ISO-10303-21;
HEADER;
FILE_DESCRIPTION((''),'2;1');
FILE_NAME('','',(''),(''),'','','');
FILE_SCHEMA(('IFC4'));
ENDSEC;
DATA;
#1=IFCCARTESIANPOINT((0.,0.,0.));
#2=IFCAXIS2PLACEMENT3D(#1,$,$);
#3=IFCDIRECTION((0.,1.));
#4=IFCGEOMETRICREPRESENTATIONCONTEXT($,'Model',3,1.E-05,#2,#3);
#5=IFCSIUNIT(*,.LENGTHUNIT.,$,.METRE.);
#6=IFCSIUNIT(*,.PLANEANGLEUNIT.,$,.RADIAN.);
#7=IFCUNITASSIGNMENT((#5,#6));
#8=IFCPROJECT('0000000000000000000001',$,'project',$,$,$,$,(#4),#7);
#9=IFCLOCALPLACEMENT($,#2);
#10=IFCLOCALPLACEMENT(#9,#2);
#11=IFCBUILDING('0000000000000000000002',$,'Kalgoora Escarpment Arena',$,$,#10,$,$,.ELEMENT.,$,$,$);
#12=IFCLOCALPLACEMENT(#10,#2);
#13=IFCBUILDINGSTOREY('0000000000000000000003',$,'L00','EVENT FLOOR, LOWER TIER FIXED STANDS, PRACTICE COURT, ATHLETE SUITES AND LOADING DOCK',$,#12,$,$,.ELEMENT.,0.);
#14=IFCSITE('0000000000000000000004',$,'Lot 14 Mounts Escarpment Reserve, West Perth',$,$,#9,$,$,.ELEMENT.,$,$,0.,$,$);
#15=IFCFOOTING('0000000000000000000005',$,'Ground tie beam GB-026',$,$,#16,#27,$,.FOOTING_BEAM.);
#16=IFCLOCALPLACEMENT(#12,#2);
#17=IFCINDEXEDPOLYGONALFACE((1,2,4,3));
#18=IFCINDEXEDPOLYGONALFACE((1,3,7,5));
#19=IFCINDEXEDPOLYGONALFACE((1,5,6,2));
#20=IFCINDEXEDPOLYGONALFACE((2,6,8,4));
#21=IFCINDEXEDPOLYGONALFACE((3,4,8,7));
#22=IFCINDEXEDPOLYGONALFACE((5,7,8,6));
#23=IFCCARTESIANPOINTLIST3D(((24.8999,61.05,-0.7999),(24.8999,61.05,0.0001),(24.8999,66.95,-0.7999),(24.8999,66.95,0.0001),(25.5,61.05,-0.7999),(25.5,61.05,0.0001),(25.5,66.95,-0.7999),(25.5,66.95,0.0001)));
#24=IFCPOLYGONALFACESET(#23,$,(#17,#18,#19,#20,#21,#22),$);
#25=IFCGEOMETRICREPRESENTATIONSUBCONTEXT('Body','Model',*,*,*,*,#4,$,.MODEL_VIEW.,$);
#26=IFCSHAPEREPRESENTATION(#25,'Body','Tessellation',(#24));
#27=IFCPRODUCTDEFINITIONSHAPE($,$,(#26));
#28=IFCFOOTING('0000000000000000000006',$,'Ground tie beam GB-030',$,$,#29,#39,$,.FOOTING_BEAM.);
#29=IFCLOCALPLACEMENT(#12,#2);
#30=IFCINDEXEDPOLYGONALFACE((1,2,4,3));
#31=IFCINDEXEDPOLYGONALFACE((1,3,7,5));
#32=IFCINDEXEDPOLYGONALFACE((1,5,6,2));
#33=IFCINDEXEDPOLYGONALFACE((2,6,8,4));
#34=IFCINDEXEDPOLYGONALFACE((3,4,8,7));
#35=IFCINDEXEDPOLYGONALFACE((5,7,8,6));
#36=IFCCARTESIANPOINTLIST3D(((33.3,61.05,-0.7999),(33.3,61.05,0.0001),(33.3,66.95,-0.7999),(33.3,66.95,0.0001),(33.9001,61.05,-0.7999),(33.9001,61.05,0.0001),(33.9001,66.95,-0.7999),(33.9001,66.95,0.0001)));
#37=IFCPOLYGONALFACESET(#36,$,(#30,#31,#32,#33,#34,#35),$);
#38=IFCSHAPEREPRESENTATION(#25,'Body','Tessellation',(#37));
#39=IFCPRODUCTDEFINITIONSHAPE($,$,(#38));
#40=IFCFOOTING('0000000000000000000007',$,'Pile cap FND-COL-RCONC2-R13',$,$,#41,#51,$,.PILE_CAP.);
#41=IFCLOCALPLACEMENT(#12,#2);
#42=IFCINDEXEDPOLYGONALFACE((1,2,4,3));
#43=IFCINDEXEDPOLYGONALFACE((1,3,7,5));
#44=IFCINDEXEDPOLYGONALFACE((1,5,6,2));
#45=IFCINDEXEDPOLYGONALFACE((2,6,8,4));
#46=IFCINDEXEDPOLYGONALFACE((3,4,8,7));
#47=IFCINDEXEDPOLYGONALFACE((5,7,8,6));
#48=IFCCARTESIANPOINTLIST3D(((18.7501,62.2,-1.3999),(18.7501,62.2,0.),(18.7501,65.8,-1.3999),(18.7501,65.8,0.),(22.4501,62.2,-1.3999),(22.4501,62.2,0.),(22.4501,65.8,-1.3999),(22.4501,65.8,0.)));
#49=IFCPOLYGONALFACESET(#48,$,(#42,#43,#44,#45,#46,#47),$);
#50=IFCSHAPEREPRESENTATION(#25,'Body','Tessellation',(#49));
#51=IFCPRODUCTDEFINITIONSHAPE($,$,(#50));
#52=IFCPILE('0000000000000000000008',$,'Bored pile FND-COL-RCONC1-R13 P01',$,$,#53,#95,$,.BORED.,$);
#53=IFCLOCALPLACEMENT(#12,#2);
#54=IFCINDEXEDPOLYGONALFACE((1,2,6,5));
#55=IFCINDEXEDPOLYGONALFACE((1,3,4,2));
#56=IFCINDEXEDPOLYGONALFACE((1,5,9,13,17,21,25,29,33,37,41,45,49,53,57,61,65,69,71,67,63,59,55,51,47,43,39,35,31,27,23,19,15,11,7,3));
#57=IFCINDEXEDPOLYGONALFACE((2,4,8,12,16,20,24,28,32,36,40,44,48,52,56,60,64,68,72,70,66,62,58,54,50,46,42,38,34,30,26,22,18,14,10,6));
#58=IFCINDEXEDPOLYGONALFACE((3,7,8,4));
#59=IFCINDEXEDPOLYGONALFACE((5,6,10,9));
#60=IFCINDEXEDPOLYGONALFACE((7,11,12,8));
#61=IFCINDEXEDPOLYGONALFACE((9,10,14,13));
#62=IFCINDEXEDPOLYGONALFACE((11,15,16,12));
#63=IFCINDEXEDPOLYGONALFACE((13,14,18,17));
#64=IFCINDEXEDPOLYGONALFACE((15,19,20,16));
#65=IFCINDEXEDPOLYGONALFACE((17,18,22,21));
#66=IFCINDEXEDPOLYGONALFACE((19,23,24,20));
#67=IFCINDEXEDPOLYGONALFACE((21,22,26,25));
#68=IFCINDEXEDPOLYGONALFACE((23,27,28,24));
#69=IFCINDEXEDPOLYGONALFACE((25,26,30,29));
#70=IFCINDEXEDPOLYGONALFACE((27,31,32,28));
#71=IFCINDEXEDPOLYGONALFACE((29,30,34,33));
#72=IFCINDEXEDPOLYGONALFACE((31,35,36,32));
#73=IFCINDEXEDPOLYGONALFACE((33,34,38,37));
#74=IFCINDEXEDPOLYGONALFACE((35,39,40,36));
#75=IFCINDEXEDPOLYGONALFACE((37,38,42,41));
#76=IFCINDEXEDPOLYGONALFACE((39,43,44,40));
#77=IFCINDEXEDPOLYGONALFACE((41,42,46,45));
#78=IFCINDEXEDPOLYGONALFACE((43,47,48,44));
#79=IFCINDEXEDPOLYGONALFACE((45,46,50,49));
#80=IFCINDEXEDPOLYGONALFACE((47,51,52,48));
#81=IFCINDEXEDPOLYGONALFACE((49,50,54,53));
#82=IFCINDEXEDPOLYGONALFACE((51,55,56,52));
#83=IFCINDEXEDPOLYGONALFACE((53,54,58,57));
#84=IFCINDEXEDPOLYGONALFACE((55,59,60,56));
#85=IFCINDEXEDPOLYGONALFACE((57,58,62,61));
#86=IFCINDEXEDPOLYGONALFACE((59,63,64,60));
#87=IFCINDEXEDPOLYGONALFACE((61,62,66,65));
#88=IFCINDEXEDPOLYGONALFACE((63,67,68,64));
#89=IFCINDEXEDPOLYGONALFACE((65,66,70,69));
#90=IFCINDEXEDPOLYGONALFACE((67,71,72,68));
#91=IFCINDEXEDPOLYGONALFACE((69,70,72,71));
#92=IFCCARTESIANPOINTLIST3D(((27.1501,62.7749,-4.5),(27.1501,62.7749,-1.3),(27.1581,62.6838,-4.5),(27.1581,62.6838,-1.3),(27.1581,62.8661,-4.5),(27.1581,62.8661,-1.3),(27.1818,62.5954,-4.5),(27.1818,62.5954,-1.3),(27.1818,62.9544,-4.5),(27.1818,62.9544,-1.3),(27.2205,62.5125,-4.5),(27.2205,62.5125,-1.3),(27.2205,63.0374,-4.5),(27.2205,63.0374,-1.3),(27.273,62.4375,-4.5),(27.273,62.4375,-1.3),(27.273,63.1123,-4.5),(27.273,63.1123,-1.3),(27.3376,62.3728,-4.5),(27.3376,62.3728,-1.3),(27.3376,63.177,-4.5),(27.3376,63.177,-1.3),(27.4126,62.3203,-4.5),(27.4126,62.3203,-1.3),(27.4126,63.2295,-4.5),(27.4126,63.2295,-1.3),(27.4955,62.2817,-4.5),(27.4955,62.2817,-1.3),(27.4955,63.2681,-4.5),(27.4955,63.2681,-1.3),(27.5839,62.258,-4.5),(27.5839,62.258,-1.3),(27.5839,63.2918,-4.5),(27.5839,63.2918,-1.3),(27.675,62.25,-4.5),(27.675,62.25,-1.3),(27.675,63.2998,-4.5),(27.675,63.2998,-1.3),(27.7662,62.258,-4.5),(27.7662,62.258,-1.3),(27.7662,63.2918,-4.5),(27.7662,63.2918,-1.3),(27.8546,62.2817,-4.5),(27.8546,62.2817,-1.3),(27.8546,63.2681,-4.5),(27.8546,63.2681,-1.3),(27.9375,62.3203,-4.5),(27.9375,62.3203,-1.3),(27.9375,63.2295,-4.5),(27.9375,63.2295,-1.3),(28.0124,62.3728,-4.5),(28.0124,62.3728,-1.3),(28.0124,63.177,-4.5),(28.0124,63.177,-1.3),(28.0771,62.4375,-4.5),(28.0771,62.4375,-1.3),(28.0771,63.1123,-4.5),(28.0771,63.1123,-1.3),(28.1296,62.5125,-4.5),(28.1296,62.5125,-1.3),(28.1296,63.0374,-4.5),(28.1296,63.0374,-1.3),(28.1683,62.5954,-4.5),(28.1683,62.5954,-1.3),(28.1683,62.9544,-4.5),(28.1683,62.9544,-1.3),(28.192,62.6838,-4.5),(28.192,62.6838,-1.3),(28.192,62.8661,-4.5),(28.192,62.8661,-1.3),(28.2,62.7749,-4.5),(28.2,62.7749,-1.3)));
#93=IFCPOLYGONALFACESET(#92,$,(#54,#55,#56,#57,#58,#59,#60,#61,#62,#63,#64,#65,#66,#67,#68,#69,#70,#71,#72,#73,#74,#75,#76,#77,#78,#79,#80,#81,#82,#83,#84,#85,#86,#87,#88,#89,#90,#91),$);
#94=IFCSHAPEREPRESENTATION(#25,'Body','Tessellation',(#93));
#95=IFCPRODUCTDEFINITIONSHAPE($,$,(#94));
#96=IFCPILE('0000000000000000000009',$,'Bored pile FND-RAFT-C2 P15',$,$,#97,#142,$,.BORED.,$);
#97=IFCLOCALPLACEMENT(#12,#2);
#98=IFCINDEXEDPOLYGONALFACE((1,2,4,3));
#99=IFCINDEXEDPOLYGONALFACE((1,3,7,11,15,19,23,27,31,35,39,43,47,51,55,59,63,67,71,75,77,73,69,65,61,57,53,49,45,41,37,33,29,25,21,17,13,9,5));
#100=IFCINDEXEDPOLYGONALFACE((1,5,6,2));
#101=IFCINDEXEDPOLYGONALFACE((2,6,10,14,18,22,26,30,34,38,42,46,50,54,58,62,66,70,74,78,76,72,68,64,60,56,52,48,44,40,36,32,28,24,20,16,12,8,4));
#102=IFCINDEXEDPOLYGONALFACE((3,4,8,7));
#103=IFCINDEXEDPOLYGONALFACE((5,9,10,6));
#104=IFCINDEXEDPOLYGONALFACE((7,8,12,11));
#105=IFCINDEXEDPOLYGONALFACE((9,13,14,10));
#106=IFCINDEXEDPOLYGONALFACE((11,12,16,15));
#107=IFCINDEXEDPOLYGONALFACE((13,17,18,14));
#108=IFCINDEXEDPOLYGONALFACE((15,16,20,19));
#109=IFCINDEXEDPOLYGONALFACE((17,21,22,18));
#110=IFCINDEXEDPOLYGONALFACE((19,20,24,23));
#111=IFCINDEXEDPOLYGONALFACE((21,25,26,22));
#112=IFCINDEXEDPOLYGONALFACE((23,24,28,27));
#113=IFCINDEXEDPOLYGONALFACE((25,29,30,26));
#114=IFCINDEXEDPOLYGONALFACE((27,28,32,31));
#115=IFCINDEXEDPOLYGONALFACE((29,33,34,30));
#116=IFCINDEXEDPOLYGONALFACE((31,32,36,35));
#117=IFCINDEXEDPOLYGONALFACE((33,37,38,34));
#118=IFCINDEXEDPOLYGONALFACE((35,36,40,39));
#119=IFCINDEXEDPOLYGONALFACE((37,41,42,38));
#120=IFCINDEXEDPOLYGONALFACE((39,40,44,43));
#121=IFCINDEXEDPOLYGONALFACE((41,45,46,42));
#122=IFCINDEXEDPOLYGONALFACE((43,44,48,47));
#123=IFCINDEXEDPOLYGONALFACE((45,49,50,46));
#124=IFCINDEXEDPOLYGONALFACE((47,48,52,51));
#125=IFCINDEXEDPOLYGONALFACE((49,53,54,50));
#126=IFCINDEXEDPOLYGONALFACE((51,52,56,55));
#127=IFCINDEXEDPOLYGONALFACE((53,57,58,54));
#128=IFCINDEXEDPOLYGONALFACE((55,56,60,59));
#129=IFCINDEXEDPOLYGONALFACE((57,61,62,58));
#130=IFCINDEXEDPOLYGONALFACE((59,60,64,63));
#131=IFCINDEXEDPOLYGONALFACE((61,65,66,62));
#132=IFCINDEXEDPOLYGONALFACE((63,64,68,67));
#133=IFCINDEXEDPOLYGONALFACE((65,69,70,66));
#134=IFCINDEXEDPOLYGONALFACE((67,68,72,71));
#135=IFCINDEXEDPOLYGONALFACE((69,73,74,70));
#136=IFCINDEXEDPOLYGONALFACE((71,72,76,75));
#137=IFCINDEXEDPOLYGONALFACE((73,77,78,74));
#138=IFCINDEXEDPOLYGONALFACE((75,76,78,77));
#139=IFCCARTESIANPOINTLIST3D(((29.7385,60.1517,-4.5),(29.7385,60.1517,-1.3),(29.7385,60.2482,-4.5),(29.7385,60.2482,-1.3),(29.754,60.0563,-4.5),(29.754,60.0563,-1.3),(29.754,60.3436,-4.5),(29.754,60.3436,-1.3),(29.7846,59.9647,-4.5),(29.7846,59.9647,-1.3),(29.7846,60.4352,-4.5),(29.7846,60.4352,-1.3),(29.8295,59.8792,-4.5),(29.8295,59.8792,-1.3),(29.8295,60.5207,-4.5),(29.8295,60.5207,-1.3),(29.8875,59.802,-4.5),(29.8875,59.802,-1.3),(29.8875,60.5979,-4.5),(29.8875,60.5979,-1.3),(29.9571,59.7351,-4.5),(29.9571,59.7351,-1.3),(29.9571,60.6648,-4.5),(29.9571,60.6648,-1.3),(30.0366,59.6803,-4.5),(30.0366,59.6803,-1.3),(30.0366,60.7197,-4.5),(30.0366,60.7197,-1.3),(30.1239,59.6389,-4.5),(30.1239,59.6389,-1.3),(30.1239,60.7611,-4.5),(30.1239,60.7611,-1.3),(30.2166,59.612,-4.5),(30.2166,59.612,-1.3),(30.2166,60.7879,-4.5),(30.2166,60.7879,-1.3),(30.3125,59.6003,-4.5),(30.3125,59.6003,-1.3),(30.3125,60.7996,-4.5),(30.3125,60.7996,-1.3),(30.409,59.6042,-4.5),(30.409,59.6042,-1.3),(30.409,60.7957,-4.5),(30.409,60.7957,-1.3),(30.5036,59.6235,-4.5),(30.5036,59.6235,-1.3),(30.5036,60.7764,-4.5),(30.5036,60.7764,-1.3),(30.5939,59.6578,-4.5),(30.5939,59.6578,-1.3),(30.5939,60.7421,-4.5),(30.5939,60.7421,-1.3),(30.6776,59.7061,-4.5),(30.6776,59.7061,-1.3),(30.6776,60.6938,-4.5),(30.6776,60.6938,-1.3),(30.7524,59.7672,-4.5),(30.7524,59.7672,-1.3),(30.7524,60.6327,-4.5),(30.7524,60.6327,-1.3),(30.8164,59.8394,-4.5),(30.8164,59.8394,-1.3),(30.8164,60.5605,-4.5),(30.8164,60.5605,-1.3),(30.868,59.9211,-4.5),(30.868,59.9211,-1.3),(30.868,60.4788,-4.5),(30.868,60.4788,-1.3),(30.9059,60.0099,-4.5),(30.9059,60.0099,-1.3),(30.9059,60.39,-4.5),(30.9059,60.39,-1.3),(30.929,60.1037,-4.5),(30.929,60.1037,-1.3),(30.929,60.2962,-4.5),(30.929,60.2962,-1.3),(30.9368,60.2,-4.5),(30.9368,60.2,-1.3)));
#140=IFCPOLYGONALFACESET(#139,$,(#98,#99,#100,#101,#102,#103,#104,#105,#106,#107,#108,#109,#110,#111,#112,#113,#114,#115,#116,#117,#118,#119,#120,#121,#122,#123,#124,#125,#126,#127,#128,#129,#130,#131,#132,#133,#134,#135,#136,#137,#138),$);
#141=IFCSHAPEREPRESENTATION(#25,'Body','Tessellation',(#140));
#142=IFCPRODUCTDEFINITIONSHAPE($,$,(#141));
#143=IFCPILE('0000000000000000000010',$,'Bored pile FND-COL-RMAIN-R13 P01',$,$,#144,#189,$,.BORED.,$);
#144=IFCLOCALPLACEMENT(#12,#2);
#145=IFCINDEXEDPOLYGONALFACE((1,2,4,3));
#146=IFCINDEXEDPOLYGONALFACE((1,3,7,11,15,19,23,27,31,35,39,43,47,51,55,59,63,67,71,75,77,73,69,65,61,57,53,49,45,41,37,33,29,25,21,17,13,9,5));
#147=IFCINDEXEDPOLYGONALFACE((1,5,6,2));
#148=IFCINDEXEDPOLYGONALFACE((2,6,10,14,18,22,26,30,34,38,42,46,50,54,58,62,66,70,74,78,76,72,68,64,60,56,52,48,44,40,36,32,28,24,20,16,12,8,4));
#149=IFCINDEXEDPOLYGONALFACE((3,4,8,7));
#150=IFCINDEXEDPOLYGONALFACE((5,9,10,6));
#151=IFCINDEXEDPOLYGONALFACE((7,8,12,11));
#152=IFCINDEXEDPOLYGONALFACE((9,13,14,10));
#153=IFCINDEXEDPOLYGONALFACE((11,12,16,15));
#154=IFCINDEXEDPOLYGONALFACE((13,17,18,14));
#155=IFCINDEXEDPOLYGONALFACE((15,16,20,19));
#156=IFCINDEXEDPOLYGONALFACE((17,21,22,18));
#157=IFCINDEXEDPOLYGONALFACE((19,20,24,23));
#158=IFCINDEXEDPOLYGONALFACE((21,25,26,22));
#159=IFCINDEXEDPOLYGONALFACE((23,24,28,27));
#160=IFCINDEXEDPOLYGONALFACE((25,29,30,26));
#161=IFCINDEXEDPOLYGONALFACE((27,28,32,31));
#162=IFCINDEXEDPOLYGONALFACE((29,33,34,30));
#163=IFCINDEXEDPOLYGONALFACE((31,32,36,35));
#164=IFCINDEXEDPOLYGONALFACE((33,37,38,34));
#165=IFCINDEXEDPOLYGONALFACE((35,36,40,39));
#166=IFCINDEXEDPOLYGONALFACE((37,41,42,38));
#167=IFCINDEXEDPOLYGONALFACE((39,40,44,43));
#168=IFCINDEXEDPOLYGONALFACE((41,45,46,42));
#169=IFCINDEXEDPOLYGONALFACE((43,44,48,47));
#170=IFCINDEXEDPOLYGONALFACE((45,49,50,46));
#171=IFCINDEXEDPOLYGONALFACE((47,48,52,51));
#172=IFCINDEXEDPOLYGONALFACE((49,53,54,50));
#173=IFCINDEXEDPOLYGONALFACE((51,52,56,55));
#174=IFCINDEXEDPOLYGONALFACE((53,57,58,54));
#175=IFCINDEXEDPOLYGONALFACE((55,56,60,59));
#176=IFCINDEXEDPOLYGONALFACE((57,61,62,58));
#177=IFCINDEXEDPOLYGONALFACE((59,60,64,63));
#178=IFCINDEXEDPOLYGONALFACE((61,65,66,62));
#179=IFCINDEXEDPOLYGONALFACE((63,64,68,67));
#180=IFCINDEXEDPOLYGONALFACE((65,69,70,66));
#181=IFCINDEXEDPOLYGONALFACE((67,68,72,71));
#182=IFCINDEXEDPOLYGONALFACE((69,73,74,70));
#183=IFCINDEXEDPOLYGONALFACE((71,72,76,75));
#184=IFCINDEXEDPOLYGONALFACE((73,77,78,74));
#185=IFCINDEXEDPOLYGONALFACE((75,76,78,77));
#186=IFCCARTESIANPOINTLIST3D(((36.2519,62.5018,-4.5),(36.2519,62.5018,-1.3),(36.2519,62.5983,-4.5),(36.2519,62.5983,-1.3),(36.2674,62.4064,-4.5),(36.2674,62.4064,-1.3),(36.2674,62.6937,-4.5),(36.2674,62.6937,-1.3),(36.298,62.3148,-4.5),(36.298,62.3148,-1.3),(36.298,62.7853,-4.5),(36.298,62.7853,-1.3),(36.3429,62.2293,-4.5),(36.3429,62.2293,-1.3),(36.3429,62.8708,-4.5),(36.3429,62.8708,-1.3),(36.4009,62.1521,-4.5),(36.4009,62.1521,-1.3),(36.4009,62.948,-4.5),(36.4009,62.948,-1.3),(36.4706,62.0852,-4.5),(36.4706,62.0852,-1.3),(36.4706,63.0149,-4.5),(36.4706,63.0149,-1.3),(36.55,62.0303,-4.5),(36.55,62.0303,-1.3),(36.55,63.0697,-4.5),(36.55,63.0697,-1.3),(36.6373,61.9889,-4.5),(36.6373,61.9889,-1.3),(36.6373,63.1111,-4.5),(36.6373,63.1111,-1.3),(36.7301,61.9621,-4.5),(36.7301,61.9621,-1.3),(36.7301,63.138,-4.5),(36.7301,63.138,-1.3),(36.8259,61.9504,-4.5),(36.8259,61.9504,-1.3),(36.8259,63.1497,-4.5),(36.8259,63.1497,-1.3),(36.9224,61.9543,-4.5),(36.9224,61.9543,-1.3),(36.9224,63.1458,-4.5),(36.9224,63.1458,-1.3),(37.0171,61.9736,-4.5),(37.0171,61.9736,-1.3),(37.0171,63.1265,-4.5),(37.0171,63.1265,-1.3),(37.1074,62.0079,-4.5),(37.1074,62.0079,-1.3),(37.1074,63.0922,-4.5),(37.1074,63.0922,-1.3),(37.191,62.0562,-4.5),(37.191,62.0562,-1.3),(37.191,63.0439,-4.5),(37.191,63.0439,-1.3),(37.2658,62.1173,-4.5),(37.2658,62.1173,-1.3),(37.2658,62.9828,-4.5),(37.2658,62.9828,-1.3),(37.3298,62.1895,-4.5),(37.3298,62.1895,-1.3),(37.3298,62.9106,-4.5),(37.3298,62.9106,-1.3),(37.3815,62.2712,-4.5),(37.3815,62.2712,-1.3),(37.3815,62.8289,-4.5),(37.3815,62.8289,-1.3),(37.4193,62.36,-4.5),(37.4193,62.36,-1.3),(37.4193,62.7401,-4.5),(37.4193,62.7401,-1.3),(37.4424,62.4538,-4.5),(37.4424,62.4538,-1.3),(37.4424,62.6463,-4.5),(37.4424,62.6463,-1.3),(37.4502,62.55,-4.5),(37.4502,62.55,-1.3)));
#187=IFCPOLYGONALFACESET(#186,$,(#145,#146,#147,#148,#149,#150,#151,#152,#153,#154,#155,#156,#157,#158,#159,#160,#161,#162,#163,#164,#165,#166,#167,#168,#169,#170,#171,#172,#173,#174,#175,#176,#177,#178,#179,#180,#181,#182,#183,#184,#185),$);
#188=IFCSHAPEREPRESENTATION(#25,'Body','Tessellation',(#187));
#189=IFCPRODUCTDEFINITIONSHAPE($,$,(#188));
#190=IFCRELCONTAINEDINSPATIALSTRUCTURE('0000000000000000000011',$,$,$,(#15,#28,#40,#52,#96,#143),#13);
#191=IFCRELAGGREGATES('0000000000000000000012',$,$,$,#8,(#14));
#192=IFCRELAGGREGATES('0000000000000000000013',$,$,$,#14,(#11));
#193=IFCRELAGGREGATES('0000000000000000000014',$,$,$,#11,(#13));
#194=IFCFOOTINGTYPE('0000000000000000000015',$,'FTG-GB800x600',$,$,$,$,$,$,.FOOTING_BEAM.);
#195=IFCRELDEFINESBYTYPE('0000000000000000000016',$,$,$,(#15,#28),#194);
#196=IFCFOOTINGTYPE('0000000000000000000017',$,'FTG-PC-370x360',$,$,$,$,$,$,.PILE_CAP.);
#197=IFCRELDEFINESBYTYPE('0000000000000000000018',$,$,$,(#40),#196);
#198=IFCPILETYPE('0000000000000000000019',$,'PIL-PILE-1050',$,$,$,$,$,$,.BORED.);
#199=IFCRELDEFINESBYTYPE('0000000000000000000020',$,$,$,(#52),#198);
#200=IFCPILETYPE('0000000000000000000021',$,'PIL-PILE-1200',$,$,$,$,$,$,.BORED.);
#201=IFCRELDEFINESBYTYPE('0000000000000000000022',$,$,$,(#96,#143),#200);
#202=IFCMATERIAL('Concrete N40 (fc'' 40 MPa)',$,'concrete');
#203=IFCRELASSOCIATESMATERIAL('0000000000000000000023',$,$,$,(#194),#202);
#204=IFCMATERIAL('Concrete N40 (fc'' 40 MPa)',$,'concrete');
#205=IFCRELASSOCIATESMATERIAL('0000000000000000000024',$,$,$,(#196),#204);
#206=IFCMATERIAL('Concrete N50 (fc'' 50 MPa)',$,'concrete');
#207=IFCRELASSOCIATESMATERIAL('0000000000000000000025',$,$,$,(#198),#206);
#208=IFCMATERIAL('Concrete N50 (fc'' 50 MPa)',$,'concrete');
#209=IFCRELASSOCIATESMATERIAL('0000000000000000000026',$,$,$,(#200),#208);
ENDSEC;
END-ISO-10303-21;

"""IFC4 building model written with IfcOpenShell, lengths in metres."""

from ifc_helpers import new_model, si_unit, direction, frame, origin, origin_2d, place, context, subcontext, project, spatial, rectangle, circle, extrude, material, material_profile, profile_set, type_object, element, save


model = new_model("IFC4")

# Units and contexts
model_context = context("Model", 3, precision=1e-05, world=origin(), true_north=direction((0.0, 1.0)))
body_context = subcontext(model_context, "Body", "Model", "MODEL_VIEW")
ifc_project = project(units=[si_unit("LENGTHUNIT", "METRE"), si_unit("PLANEANGLEUNIT", "RADIAN")], contexts=[model_context])

# Site, building, storey
site_placement = place(None, origin())
site = spatial("IfcSite", under=ifc_project, at=site_placement, Name="Lot 14 Mounts Escarpment Reserve, West Perth", CompositionType="ELEMENT", RefElevation=0.0)
building_placement = place(site_placement, origin())
building = spatial("IfcBuilding", under=site, at=building_placement, Name="Kalgoora Escarpment Arena", CompositionType="ELEMENT")
storey_placement = place(building_placement, origin())
storey = spatial("IfcBuildingStorey", under=building, at=storey_placement, Name="L00", Description="EVENT FLOOR, LOWER TIER FIXED STANDS, PRACTICE COURT, ATHLETE SUITES AND LOADING DOCK", CompositionType="ELEMENT", Elevation=0.0)

# Footings
ifc_material_1 = material(Name="Concrete N40 (fc' 40 MPa)", Category="concrete")
ifc_material_profile_1 = material_profile(ifc_material_1, rectangle(XDim=0.6001, YDim=0.8, at=origin_2d()))
ifc_profile_set_1 = profile_set([ifc_material_profile_1], Name="Concrete N40 (fc' 40 MPa)")
footing_type_1 = type_object("IfcFootingType", Name="FTG-GB800x600", PredefinedType="FOOTING_BEAM", material=ifc_profile_set_1)
for number, where, z_axis, x_axis, name in (
    (1, (25.2, 61.05, -0.3999), (0.0, 1.0, 0.0), (-1.0, 0.0, 0.0), "Ground tie beam GB-026"),
    (2, (33.6001, 61.05, -0.3999), (0.0, 1.0, 0.0), (-1.0, 0.0, 0.0), "Ground tie beam GB-030"),
):
    element("IfcFooting", number, at=place(storey_placement, frame(where, z_axis=z_axis, x_axis=x_axis)), inside=storey, type_object=footing_type_1, Name=name, PredefinedType="FOOTING_BEAM", context=body_context, shape_type="SweptSolid", body=[
        extrude(rectangle(XDim=0.6001, YDim=0.8, at=origin_2d()), origin(), (0.0, 0.0, 1.0), 5.8999),
    ])
ifc_material_2 = material(Name="Concrete N40 (fc' 40 MPa)", Category="concrete")
footing_type_2 = type_object("IfcFootingType", Name="FTG-PC-370x360", PredefinedType="PILE_CAP", material=ifc_material_2)
footing_placement = place(storey_placement, frame((20.6001, 64.0, -1.3999), z_axis=(0.0, 0.0, 1.0), x_axis=(1.0, 0.0, 0.0)))
element("IfcFooting", 3, at=footing_placement, inside=storey, type_object=footing_type_2, Name="Pile cap FND-COL-RCONC2-R13", PredefinedType="PILE_CAP", context=body_context, shape_type="SweptSolid", body=[
    extrude(rectangle(XDim=3.7, YDim=3.6001, at=origin_2d()), origin(), (0.0, 0.0, 1.0), 1.3999),
])

# Piles
ifc_material_3 = material(Name="Concrete N50 (fc' 50 MPa)", Category="concrete")
ifc_material_profile_2 = material_profile(ifc_material_3, circle(Radius=0.5249, at=origin_2d()))
ifc_profile_set_2 = profile_set([ifc_material_profile_2], Name="Concrete N50 (fc' 50 MPa)")
pile_type_1 = type_object("IfcPileType", Name="PIL-PILE-1050", PredefinedType="BORED", material=ifc_profile_set_2)
pile_1_placement = place(storey_placement, frame((27.675, 62.7749, -1.3), z_axis=(0.0, 0.0, -1.0), x_axis=(1.0, 0.0, 0.0)))
element("IfcPile", 4, at=pile_1_placement, inside=storey, type_object=pile_type_1, Name="Bored pile FND-COL-RCONC1-R13 P01", PredefinedType="BORED", context=body_context, shape_type="SweptSolid", body=[
    extrude(circle(Radius=0.5249, at=origin_2d()), origin(), (0.0, 0.0, 1.0), 3.2),
])
ifc_material_4 = material(Name="Concrete N50 (fc' 50 MPa)", Category="concrete")
ifc_material_profile_3 = material_profile(ifc_material_4, circle(Radius=0.6001, at=origin_2d()))
ifc_profile_set_3 = profile_set([ifc_material_profile_3], Name="Concrete N50 (fc' 50 MPa)")
pile_type_2 = type_object("IfcPileType", Name="PIL-PILE-1200", PredefinedType="BORED", material=ifc_profile_set_3)
for number, where, z_axis, x_axis, name in (
    (5, (30.3367, 60.2, -1.3), (0.0, 0.0, -1.0), (1.0, 0.0, 0.0), "Bored pile FND-RAFT-C2 P15"),
    (6, (36.8501, 62.55, -1.3), (0.0, 0.0, -1.0), (1.0, 0.0, 0.0), "Bored pile FND-COL-RMAIN-R13 P01"),
):
    element("IfcPile", number, at=place(storey_placement, frame(where, z_axis=z_axis, x_axis=x_axis)), inside=storey, type_object=pile_type_2, Name=name, PredefinedType="BORED", context=body_context, shape_type="SweptSolid", body=[
        extrude(circle(Radius=0.6001, at=origin_2d()), origin(), (0.0, 0.0, 1.0), 3.2),
    ])

save(model, "model.ifc")
